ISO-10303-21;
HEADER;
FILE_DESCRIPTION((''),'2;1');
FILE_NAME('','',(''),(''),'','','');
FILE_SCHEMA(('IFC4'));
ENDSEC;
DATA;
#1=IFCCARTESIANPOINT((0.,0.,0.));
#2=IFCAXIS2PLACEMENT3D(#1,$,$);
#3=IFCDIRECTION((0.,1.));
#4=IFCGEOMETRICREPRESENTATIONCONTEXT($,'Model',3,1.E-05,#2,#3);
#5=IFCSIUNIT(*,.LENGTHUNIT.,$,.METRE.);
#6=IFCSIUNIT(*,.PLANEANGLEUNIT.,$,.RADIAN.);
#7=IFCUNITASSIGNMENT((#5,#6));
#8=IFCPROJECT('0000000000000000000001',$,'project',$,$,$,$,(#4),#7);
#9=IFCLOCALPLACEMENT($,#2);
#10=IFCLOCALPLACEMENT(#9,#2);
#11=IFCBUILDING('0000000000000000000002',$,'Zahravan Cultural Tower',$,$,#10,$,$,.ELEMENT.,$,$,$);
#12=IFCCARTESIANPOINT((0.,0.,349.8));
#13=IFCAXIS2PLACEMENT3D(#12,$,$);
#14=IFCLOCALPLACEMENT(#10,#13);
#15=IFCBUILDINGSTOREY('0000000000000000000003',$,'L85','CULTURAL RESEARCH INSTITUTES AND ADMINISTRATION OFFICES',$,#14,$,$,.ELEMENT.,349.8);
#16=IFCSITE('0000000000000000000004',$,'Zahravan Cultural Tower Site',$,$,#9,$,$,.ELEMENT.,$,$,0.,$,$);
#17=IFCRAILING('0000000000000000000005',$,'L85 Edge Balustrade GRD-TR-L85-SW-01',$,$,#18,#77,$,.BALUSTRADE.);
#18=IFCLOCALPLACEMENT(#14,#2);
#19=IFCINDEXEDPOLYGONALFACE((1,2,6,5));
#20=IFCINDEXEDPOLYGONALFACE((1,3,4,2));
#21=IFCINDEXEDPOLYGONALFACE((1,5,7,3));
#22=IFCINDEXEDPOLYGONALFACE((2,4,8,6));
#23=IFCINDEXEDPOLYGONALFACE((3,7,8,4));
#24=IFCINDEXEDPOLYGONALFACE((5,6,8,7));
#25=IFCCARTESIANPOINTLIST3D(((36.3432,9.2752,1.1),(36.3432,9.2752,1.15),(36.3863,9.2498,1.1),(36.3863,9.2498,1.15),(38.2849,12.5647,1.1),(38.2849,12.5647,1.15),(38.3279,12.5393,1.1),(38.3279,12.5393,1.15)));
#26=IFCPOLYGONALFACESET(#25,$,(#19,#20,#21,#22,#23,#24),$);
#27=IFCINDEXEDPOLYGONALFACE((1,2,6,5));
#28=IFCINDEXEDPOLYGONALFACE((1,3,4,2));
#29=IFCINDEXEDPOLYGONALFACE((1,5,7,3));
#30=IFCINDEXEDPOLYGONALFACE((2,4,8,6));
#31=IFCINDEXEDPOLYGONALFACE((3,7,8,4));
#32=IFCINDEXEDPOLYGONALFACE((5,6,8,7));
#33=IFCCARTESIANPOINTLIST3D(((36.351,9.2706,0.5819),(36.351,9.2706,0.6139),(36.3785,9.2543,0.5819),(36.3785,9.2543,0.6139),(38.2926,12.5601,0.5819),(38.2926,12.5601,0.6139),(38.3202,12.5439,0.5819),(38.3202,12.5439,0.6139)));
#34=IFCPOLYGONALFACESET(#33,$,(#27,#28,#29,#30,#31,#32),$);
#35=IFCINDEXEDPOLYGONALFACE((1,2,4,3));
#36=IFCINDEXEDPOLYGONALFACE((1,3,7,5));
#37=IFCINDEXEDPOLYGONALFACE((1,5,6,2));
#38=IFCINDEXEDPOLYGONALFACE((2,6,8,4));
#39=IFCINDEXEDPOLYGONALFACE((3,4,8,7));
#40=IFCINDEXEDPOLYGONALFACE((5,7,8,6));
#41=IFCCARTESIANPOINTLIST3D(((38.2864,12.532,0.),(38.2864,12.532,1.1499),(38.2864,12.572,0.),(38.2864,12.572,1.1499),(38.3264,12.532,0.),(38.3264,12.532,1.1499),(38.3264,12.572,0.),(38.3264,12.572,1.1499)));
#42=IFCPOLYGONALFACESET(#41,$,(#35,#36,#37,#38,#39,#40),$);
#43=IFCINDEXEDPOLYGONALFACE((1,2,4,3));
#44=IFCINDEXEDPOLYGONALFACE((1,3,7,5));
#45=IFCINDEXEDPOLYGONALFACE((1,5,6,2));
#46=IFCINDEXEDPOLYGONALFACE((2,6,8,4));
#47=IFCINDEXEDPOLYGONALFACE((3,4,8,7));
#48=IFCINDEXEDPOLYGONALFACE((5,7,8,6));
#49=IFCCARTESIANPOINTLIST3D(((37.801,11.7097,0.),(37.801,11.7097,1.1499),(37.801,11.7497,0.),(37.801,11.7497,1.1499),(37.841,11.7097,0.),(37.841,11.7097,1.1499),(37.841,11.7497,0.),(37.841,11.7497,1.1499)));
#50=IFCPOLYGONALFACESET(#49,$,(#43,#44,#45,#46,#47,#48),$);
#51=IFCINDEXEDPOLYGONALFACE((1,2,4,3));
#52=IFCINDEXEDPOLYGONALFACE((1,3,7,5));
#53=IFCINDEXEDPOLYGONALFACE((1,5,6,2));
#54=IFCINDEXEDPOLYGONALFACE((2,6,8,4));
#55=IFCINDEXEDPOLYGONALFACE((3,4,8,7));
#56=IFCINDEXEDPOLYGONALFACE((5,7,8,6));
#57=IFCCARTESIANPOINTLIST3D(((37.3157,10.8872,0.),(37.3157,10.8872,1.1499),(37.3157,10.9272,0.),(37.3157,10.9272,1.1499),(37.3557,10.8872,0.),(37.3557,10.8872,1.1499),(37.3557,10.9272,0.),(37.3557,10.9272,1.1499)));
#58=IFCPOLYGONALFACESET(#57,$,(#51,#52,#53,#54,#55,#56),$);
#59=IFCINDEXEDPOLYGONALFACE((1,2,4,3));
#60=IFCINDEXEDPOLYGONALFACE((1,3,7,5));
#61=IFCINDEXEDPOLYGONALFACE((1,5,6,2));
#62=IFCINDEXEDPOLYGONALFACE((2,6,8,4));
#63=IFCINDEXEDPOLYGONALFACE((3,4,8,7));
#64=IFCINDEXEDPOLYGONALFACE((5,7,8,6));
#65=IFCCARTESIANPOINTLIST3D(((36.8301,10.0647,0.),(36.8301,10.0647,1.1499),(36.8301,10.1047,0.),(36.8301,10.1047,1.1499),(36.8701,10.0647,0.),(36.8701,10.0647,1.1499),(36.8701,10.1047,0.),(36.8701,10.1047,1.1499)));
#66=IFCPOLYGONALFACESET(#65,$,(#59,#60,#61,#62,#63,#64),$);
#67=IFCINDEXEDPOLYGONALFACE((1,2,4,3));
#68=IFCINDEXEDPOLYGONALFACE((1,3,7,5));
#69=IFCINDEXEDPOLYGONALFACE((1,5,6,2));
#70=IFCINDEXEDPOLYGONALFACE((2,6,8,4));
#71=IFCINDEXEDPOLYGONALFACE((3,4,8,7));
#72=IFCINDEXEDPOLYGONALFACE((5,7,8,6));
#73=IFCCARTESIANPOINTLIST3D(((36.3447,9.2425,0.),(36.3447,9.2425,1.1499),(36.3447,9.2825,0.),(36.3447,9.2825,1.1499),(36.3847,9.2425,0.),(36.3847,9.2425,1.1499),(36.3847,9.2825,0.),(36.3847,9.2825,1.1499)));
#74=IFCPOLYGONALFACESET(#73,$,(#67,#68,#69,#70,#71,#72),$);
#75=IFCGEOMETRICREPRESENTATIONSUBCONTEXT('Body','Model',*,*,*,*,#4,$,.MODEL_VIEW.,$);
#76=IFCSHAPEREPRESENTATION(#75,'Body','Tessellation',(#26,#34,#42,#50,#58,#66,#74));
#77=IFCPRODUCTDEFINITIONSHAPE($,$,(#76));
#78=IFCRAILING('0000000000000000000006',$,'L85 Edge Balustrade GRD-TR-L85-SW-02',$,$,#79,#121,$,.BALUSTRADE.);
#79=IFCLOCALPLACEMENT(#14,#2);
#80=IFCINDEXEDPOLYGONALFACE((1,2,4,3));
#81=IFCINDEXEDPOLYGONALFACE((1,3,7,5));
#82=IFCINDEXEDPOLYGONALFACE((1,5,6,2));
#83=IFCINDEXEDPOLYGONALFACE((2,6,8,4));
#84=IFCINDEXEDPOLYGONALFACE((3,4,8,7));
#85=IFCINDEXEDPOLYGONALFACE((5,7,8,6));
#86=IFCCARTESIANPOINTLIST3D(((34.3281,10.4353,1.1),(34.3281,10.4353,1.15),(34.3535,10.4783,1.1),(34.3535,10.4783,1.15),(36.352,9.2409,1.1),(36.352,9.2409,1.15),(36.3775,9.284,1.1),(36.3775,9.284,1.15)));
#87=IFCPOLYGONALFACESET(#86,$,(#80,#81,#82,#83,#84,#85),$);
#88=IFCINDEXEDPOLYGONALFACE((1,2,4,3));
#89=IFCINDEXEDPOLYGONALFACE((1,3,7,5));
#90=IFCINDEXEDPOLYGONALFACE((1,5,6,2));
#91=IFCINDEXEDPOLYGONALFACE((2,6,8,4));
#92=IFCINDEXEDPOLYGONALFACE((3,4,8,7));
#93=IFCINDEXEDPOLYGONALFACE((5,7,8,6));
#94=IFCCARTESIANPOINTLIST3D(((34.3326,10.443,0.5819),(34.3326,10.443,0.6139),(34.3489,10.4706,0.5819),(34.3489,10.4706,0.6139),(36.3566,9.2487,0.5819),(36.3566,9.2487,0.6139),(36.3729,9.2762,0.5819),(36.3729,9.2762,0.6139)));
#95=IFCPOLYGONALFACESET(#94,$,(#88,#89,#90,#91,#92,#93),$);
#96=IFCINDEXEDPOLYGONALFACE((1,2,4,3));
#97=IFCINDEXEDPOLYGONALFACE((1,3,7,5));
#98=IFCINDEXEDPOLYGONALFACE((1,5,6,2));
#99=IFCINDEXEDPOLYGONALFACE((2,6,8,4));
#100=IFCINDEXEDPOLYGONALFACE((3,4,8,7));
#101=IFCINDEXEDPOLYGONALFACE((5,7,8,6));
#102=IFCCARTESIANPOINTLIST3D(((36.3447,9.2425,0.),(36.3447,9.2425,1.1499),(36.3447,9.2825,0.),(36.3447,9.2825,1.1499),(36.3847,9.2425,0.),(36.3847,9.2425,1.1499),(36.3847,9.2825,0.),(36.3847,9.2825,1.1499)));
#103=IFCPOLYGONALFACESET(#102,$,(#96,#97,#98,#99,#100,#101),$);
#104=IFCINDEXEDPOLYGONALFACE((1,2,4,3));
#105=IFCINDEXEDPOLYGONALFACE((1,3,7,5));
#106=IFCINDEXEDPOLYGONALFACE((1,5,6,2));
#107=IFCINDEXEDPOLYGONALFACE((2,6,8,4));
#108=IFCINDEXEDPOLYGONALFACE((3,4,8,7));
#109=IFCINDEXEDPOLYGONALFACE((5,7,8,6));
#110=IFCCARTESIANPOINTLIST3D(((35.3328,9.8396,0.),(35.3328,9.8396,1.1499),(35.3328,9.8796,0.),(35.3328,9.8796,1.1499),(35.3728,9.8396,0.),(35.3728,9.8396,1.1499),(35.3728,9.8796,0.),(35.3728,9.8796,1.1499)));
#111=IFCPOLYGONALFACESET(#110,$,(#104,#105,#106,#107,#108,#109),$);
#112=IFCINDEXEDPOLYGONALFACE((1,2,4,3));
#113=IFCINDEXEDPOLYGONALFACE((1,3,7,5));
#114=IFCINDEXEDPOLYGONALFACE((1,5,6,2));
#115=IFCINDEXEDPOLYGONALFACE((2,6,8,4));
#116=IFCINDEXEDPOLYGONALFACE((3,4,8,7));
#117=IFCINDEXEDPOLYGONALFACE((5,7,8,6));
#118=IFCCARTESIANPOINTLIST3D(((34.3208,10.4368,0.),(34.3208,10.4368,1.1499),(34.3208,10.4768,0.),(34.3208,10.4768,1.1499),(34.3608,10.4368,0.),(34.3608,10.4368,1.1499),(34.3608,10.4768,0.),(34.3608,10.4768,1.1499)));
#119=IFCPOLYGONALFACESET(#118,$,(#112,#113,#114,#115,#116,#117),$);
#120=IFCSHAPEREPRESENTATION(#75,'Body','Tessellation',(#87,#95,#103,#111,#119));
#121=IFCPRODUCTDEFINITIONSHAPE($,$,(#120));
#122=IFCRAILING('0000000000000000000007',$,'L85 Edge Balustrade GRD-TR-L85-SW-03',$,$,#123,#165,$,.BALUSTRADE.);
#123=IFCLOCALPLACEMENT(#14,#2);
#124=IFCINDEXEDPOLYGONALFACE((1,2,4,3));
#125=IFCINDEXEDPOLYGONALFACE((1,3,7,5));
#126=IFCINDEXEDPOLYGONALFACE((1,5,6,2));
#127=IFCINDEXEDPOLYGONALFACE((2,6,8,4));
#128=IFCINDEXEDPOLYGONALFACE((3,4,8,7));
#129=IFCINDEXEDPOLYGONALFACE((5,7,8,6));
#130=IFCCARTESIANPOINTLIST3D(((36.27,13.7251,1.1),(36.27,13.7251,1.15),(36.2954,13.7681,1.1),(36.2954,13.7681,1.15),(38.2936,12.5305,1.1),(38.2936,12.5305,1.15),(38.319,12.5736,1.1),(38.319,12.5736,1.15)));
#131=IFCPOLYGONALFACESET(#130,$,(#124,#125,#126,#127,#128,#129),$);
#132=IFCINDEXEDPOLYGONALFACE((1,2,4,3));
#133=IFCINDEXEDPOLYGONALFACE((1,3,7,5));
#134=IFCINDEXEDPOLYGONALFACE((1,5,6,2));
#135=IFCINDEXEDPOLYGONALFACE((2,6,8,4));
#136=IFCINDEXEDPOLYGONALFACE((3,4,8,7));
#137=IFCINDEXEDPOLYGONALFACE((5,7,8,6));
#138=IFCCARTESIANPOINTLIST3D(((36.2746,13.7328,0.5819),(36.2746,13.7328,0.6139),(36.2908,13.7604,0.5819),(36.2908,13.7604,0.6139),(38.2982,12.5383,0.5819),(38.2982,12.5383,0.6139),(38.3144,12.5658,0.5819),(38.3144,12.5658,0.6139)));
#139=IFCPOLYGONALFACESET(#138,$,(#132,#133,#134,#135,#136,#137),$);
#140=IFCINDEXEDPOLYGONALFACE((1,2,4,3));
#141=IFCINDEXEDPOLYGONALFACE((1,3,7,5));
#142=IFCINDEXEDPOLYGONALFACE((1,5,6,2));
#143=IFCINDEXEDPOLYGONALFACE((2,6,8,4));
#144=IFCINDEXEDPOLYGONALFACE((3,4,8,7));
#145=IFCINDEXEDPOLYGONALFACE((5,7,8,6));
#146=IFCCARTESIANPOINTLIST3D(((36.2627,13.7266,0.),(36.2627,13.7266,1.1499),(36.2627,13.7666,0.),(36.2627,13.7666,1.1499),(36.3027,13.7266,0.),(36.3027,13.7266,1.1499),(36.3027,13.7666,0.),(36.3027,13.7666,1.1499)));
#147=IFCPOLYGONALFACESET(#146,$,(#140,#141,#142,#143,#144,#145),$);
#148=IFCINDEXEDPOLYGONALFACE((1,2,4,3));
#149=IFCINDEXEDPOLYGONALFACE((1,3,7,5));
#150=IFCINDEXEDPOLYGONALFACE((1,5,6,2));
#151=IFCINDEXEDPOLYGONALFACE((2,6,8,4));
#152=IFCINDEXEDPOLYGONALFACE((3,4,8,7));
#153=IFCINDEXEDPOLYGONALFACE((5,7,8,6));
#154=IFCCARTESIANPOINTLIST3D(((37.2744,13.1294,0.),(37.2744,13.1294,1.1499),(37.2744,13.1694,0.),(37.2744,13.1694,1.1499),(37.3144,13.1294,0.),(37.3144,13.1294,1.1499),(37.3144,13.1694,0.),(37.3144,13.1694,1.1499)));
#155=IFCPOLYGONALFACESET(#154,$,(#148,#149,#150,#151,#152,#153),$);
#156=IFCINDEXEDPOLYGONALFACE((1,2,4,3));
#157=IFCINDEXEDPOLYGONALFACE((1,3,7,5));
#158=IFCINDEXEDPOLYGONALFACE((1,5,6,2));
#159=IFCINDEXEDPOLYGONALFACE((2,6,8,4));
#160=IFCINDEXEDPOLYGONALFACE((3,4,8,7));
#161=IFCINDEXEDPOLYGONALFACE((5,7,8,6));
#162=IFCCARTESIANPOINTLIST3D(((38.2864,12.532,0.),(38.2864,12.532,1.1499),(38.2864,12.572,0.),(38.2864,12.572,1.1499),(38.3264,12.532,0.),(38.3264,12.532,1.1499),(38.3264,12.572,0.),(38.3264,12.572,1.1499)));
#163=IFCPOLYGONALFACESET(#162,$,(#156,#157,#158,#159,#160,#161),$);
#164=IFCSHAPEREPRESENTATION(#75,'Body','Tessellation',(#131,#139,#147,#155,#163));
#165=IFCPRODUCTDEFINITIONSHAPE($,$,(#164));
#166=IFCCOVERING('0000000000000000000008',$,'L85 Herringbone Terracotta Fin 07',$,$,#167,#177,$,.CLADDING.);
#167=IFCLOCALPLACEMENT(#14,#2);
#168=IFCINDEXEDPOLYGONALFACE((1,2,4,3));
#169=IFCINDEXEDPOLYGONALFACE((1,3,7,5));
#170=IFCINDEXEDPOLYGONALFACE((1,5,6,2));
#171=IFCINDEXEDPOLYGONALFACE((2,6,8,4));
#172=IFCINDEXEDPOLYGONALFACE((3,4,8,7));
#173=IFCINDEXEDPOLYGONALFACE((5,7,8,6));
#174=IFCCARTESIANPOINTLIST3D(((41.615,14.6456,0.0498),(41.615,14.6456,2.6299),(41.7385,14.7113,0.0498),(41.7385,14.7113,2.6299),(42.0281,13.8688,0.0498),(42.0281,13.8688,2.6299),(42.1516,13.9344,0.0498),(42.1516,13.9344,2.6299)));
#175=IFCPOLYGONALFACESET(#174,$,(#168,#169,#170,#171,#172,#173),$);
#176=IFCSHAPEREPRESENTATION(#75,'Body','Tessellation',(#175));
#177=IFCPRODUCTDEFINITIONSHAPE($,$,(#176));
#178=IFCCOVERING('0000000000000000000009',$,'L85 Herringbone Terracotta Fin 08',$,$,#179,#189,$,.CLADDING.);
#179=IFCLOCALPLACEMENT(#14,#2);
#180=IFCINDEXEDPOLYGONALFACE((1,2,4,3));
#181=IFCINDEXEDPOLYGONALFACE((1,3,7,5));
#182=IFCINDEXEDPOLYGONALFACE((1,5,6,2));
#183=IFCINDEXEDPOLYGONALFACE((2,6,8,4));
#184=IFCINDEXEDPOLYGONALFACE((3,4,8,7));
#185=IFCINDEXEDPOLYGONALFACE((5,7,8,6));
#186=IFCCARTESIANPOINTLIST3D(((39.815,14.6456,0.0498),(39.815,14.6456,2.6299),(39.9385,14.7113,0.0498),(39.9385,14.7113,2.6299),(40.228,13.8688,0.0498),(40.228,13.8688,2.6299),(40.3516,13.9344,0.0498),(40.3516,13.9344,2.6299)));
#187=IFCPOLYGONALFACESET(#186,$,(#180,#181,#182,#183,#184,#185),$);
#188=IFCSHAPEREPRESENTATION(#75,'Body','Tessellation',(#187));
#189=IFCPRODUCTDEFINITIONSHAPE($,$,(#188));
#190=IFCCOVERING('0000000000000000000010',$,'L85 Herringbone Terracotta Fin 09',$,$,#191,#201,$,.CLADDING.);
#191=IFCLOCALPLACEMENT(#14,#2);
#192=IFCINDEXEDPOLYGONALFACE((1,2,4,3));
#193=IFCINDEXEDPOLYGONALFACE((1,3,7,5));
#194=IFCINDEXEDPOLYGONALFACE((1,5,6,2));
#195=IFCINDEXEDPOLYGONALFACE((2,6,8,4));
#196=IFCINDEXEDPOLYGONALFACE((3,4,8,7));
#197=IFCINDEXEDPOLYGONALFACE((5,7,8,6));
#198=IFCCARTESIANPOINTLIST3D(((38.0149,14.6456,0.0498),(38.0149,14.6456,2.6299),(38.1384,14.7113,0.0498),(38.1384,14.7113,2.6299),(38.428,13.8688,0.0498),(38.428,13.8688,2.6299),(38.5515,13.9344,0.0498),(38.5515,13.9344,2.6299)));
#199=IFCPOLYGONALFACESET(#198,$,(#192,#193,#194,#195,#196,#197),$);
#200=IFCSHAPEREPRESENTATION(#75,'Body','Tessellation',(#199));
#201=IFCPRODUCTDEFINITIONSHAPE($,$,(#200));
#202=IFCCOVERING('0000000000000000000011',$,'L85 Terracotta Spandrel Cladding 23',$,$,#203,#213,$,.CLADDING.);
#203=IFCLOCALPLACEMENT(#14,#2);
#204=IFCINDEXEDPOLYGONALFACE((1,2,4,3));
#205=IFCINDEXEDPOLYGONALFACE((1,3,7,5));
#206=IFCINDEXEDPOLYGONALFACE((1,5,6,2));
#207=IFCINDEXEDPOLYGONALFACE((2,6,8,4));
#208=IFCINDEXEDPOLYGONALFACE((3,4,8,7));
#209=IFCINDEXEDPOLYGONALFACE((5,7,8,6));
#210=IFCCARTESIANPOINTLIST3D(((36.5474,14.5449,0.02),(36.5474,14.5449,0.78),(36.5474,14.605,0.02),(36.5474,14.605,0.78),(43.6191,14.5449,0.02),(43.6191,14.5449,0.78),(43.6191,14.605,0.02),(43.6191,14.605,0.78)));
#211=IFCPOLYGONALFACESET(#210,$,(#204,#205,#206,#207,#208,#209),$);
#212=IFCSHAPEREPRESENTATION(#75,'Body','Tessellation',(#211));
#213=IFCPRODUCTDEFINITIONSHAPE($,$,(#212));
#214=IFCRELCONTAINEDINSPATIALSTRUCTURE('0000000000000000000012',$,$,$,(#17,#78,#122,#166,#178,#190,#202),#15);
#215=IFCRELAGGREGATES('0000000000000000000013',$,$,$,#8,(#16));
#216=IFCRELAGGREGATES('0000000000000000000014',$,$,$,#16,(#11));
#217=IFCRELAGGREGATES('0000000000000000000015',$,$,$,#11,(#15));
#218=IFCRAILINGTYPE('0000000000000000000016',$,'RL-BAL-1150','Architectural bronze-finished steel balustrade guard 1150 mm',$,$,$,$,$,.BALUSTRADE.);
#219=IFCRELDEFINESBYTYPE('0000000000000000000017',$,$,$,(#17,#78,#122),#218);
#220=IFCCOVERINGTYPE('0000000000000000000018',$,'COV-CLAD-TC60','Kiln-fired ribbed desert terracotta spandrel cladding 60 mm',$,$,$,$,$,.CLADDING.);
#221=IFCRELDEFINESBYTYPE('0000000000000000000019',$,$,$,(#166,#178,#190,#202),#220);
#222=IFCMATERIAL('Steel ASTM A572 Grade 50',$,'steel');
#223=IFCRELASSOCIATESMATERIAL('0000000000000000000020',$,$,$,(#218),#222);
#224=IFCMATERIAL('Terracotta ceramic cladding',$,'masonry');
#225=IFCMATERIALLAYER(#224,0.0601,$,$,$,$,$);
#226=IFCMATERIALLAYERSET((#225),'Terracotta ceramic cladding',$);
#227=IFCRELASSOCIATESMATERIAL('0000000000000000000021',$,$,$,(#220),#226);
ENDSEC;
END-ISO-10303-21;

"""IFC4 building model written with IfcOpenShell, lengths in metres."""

from ifc_helpers import new_model, si_unit, direction, frame, origin, origin_2d, place, context, subcontext, project, spatial, rectangle, extrude, source, transform, mapped, material, layer, layer_set, type_object, element, save


model = new_model("IFC4")

# Units and contexts
model_context = context("Model", 3, precision=1e-05, world=origin(), true_north=direction((0.0, 1.0)))
body_context = subcontext(model_context, "Body", "Model", "MODEL_VIEW")
ifc_project = project(units=[si_unit("LENGTHUNIT", "METRE"), si_unit("PLANEANGLEUNIT", "RADIAN")], contexts=[model_context])

# Site, building, storey
site_placement = place(None, origin())
site = spatial("IfcSite", under=ifc_project, at=site_placement, Name="Zahravan Cultural Tower Site", CompositionType="ELEMENT", RefElevation=0.0)
building_placement = place(site_placement, origin())
building = spatial("IfcBuilding", under=site, at=building_placement, Name="Zahravan Cultural Tower", CompositionType="ELEMENT")
storey_placement = place(building_placement, frame((0.0, 0.0, 349.8)))
storey = spatial("IfcBuildingStorey", under=building, at=storey_placement, Name="L85", Description="CULTURAL RESEARCH INSTITUTES AND ADMINISTRATION OFFICES", CompositionType="ELEMENT", Elevation=349.8)

# Shared definitions
ifc_material_1 = material(Name="Steel ASTM A572 Grade 50", Category="steel")

# Railings
railing_type = type_object("IfcRailingType", Name="RL-BAL-1150", Description="Architectural bronze-finished steel balustrade guard 1150 mm", PredefinedType="BALUSTRADE", material=ifc_material_1)
railing_1_placement = place(storey_placement, frame((38.3064, 12.552, 0.0)))
element("IfcRailing", 1, at=railing_1_placement, inside=storey, type_object=railing_type, Name="L85 Edge Balustrade GRD-TR-L85-SW-01", PredefinedType="BALUSTRADE", context=body_context, shape_type="SweptSolid", body=[
    extrude(rectangle(XDim=0.05, YDim=0.05, at=origin_2d()), frame((0.0, 0.0, 1.125), z_axis=(-0.508307, -0.861176, 0.0), x_axis=(0.861176, -0.508307, 0.0)), (0.0, 0.0, 1.0), 3.8198),
    extrude(rectangle(XDim=0.032, YDim=0.032, at=origin_2d()), frame((0.0, 0.0, 0.5979), z_axis=(-0.508307, -0.861176, 0.0), x_axis=(0.861176, -0.508307, 0.0)), (0.0, 0.0, 1.0), 3.8198),
    extrude(rectangle(XDim=0.04, YDim=0.04, at=origin_2d()), origin(), (0.0, 0.0, 1.0), 1.1499),
    extrude(rectangle(XDim=0.04, YDim=0.04, at=origin_2d()), frame((-0.4854, -0.8223, 0.0)), (0.0, 0.0, 1.0), 1.1499),
    extrude(rectangle(XDim=0.04, YDim=0.04, at=origin_2d()), frame((-0.9707, -1.6448, 0.0)), (0.0, 0.0, 1.0), 1.1499),
    extrude(rectangle(XDim=0.04, YDim=0.04, at=origin_2d()), frame((-1.4563, -2.4673, 0.0)), (0.0, 0.0, 1.0), 1.1499),
    extrude(rectangle(XDim=0.04, YDim=0.04, at=origin_2d()), frame((-1.9417, -3.2896, 0.0)), (0.0, 0.0, 1.0), 1.1499),
])
railing_2_placement = place(storey_placement, frame((36.3647, 9.2625, 0.0)))
element("IfcRailing", 2, at=railing_2_placement, inside=storey, type_object=railing_type, Name="L85 Edge Balustrade GRD-TR-L85-SW-02", PredefinedType="BALUSTRADE", context=body_context, shape_type="SweptSolid", body=[
    extrude(rectangle(XDim=0.05, YDim=0.05, at=origin_2d()), frame((0.0, 0.0, 1.125), z_axis=(-0.861228, 0.508218, 0.0), x_axis=(-0.508218, -0.861228, 0.0)), (0.0, 0.0, 1.0), 2.3501),
    extrude(rectangle(XDim=0.032, YDim=0.032, at=origin_2d()), frame((0.0, 0.0, 0.5979), z_axis=(-0.861228, 0.508218, 0.0), x_axis=(-0.508218, -0.861228, 0.0)), (0.0, 0.0, 1.0), 2.3501),
    extrude(rectangle(XDim=0.04, YDim=0.04, at=origin_2d()), origin(), (0.0, 0.0, 1.0), 1.1499),
    extrude(rectangle(XDim=0.04, YDim=0.04, at=origin_2d()), frame((-1.012, 0.5972, 0.0)), (0.0, 0.0, 1.0), 1.1499),
    extrude(rectangle(XDim=0.04, YDim=0.04, at=origin_2d()), frame((-2.0239, 1.1943, 0.0)), (0.0, 0.0, 1.0), 1.1499),
])
railing_3_placement = place(storey_placement, frame((36.2827, 13.7466, 0.0)))
element("IfcRailing", 3, at=railing_3_placement, inside=storey, type_object=railing_type, Name="L85 Edge Balustrade GRD-TR-L85-SW-03", PredefinedType="BALUSTRADE", context=body_context, shape_type="SweptSolid", body=[
    extrude(rectangle(XDim=0.05, YDim=0.05, at=origin_2d()), frame((0.0, 0.0, 1.125), z_axis=(0.861156, -0.508341, 0.0), x_axis=(0.508341, 0.861156, 0.0)), (0.0, 0.0, 1.0), 2.3499),
    extrude(rectangle(XDim=0.032, YDim=0.032, at=origin_2d()), frame((0.0, 0.0, 0.5979), z_axis=(0.861156, -0.508341, 0.0), x_axis=(0.508341, 0.861156, 0.0)), (0.0, 0.0, 1.0), 2.3499),
    extrude(rectangle(XDim=0.04, YDim=0.04, at=origin_2d()), origin(), (0.0, 0.0, 1.0), 1.1499),
    extrude(rectangle(XDim=0.04, YDim=0.04, at=origin_2d()), frame((1.0117, -0.5972, 0.0)), (0.0, 0.0, 1.0), 1.1499),
    extrude(rectangle(XDim=0.04, YDim=0.04, at=origin_2d()), frame((2.0237, -1.1946, 0.0)), (0.0, 0.0, 1.0), 1.1499),
])

# Coverings
ifc_material_2 = material(Name="Terracotta ceramic cladding", Category="masonry")
ifc_layer_1 = layer(ifc_material_2, 0.0601)
ifc_layer_set_1 = layer_set([ifc_layer_1], Name="Terracotta ceramic cladding")
covering_type = type_object("IfcCoveringType", Name="COV-CLAD-TC60", Description="Kiln-fired ribbed desert terracotta spandrel cladding 60 mm", PredefinedType="CLADDING", material=ifc_layer_set_1)
shared_shape_1 = source(origin(), body_context, "Body", "SweptSolid", [
    extrude(rectangle(XDim=0.8799, YDim=0.1399, at=origin_2d()), origin(), (0.0, 0.0, 1.0), 2.5801),
])
for number, where, z_axis, x_axis, name in (
    (4, (41.8833, 14.29, 0.0498), (0.0, 0.0, 1.0), (0.469472, -0.882948, 0.0), "L85 Herringbone Terracotta Fin 07"),
    (5, (40.0833, 14.29, 0.0498), (0.0, 0.0, 1.0), (0.469472, -0.882948, 0.0), "L85 Herringbone Terracotta Fin 08"),
    (6, (38.2832, 14.29, 0.0498), (0.0, 0.0, 1.0), (0.469472, -0.882948, 0.0), "L85 Herringbone Terracotta Fin 09"),
):
    element("IfcCovering", number, at=place(storey_placement, frame(where, z_axis=z_axis, x_axis=x_axis)), inside=storey, type_object=covering_type, Name=name, PredefinedType="CLADDING", context=body_context, shape_type="MappedRepresentation", body=[
        mapped(shared_shape_1, transform((0.0, 0.0, 0.0), x_axis=(1.0, 0.0, 0.0), y_axis=(0.0, 1.0, 0.0), z_axis=(0.0, 0.0, 1.0), scale=1.0)),
    ])
shared_shape_2 = source(origin(), body_context, "Body", "SweptSolid", [
    extrude(rectangle(XDim=7.0718, YDim=0.0601, at=origin_2d()), origin(), (0.0, 0.0, 1.0), 0.76),
])
covering_placement = place(storey_placement, frame((40.0833, 14.575, 0.02), z_axis=(0.0, 0.0, 1.0), x_axis=(-1.0, 0.0, 0.0)))
element("IfcCovering", 7, at=covering_placement, inside=storey, type_object=covering_type, Name="L85 Terracotta Spandrel Cladding 23", PredefinedType="CLADDING", context=body_context, shape_type="MappedRepresentation", body=[
    mapped(shared_shape_2, transform((0.0, 0.0, 0.0), x_axis=(1.0, 0.0, 0.0), y_axis=(0.0, 1.0, 0.0), z_axis=(0.0, 0.0, 1.0), scale=1.0)),
])

save(model, "model.ifc")
